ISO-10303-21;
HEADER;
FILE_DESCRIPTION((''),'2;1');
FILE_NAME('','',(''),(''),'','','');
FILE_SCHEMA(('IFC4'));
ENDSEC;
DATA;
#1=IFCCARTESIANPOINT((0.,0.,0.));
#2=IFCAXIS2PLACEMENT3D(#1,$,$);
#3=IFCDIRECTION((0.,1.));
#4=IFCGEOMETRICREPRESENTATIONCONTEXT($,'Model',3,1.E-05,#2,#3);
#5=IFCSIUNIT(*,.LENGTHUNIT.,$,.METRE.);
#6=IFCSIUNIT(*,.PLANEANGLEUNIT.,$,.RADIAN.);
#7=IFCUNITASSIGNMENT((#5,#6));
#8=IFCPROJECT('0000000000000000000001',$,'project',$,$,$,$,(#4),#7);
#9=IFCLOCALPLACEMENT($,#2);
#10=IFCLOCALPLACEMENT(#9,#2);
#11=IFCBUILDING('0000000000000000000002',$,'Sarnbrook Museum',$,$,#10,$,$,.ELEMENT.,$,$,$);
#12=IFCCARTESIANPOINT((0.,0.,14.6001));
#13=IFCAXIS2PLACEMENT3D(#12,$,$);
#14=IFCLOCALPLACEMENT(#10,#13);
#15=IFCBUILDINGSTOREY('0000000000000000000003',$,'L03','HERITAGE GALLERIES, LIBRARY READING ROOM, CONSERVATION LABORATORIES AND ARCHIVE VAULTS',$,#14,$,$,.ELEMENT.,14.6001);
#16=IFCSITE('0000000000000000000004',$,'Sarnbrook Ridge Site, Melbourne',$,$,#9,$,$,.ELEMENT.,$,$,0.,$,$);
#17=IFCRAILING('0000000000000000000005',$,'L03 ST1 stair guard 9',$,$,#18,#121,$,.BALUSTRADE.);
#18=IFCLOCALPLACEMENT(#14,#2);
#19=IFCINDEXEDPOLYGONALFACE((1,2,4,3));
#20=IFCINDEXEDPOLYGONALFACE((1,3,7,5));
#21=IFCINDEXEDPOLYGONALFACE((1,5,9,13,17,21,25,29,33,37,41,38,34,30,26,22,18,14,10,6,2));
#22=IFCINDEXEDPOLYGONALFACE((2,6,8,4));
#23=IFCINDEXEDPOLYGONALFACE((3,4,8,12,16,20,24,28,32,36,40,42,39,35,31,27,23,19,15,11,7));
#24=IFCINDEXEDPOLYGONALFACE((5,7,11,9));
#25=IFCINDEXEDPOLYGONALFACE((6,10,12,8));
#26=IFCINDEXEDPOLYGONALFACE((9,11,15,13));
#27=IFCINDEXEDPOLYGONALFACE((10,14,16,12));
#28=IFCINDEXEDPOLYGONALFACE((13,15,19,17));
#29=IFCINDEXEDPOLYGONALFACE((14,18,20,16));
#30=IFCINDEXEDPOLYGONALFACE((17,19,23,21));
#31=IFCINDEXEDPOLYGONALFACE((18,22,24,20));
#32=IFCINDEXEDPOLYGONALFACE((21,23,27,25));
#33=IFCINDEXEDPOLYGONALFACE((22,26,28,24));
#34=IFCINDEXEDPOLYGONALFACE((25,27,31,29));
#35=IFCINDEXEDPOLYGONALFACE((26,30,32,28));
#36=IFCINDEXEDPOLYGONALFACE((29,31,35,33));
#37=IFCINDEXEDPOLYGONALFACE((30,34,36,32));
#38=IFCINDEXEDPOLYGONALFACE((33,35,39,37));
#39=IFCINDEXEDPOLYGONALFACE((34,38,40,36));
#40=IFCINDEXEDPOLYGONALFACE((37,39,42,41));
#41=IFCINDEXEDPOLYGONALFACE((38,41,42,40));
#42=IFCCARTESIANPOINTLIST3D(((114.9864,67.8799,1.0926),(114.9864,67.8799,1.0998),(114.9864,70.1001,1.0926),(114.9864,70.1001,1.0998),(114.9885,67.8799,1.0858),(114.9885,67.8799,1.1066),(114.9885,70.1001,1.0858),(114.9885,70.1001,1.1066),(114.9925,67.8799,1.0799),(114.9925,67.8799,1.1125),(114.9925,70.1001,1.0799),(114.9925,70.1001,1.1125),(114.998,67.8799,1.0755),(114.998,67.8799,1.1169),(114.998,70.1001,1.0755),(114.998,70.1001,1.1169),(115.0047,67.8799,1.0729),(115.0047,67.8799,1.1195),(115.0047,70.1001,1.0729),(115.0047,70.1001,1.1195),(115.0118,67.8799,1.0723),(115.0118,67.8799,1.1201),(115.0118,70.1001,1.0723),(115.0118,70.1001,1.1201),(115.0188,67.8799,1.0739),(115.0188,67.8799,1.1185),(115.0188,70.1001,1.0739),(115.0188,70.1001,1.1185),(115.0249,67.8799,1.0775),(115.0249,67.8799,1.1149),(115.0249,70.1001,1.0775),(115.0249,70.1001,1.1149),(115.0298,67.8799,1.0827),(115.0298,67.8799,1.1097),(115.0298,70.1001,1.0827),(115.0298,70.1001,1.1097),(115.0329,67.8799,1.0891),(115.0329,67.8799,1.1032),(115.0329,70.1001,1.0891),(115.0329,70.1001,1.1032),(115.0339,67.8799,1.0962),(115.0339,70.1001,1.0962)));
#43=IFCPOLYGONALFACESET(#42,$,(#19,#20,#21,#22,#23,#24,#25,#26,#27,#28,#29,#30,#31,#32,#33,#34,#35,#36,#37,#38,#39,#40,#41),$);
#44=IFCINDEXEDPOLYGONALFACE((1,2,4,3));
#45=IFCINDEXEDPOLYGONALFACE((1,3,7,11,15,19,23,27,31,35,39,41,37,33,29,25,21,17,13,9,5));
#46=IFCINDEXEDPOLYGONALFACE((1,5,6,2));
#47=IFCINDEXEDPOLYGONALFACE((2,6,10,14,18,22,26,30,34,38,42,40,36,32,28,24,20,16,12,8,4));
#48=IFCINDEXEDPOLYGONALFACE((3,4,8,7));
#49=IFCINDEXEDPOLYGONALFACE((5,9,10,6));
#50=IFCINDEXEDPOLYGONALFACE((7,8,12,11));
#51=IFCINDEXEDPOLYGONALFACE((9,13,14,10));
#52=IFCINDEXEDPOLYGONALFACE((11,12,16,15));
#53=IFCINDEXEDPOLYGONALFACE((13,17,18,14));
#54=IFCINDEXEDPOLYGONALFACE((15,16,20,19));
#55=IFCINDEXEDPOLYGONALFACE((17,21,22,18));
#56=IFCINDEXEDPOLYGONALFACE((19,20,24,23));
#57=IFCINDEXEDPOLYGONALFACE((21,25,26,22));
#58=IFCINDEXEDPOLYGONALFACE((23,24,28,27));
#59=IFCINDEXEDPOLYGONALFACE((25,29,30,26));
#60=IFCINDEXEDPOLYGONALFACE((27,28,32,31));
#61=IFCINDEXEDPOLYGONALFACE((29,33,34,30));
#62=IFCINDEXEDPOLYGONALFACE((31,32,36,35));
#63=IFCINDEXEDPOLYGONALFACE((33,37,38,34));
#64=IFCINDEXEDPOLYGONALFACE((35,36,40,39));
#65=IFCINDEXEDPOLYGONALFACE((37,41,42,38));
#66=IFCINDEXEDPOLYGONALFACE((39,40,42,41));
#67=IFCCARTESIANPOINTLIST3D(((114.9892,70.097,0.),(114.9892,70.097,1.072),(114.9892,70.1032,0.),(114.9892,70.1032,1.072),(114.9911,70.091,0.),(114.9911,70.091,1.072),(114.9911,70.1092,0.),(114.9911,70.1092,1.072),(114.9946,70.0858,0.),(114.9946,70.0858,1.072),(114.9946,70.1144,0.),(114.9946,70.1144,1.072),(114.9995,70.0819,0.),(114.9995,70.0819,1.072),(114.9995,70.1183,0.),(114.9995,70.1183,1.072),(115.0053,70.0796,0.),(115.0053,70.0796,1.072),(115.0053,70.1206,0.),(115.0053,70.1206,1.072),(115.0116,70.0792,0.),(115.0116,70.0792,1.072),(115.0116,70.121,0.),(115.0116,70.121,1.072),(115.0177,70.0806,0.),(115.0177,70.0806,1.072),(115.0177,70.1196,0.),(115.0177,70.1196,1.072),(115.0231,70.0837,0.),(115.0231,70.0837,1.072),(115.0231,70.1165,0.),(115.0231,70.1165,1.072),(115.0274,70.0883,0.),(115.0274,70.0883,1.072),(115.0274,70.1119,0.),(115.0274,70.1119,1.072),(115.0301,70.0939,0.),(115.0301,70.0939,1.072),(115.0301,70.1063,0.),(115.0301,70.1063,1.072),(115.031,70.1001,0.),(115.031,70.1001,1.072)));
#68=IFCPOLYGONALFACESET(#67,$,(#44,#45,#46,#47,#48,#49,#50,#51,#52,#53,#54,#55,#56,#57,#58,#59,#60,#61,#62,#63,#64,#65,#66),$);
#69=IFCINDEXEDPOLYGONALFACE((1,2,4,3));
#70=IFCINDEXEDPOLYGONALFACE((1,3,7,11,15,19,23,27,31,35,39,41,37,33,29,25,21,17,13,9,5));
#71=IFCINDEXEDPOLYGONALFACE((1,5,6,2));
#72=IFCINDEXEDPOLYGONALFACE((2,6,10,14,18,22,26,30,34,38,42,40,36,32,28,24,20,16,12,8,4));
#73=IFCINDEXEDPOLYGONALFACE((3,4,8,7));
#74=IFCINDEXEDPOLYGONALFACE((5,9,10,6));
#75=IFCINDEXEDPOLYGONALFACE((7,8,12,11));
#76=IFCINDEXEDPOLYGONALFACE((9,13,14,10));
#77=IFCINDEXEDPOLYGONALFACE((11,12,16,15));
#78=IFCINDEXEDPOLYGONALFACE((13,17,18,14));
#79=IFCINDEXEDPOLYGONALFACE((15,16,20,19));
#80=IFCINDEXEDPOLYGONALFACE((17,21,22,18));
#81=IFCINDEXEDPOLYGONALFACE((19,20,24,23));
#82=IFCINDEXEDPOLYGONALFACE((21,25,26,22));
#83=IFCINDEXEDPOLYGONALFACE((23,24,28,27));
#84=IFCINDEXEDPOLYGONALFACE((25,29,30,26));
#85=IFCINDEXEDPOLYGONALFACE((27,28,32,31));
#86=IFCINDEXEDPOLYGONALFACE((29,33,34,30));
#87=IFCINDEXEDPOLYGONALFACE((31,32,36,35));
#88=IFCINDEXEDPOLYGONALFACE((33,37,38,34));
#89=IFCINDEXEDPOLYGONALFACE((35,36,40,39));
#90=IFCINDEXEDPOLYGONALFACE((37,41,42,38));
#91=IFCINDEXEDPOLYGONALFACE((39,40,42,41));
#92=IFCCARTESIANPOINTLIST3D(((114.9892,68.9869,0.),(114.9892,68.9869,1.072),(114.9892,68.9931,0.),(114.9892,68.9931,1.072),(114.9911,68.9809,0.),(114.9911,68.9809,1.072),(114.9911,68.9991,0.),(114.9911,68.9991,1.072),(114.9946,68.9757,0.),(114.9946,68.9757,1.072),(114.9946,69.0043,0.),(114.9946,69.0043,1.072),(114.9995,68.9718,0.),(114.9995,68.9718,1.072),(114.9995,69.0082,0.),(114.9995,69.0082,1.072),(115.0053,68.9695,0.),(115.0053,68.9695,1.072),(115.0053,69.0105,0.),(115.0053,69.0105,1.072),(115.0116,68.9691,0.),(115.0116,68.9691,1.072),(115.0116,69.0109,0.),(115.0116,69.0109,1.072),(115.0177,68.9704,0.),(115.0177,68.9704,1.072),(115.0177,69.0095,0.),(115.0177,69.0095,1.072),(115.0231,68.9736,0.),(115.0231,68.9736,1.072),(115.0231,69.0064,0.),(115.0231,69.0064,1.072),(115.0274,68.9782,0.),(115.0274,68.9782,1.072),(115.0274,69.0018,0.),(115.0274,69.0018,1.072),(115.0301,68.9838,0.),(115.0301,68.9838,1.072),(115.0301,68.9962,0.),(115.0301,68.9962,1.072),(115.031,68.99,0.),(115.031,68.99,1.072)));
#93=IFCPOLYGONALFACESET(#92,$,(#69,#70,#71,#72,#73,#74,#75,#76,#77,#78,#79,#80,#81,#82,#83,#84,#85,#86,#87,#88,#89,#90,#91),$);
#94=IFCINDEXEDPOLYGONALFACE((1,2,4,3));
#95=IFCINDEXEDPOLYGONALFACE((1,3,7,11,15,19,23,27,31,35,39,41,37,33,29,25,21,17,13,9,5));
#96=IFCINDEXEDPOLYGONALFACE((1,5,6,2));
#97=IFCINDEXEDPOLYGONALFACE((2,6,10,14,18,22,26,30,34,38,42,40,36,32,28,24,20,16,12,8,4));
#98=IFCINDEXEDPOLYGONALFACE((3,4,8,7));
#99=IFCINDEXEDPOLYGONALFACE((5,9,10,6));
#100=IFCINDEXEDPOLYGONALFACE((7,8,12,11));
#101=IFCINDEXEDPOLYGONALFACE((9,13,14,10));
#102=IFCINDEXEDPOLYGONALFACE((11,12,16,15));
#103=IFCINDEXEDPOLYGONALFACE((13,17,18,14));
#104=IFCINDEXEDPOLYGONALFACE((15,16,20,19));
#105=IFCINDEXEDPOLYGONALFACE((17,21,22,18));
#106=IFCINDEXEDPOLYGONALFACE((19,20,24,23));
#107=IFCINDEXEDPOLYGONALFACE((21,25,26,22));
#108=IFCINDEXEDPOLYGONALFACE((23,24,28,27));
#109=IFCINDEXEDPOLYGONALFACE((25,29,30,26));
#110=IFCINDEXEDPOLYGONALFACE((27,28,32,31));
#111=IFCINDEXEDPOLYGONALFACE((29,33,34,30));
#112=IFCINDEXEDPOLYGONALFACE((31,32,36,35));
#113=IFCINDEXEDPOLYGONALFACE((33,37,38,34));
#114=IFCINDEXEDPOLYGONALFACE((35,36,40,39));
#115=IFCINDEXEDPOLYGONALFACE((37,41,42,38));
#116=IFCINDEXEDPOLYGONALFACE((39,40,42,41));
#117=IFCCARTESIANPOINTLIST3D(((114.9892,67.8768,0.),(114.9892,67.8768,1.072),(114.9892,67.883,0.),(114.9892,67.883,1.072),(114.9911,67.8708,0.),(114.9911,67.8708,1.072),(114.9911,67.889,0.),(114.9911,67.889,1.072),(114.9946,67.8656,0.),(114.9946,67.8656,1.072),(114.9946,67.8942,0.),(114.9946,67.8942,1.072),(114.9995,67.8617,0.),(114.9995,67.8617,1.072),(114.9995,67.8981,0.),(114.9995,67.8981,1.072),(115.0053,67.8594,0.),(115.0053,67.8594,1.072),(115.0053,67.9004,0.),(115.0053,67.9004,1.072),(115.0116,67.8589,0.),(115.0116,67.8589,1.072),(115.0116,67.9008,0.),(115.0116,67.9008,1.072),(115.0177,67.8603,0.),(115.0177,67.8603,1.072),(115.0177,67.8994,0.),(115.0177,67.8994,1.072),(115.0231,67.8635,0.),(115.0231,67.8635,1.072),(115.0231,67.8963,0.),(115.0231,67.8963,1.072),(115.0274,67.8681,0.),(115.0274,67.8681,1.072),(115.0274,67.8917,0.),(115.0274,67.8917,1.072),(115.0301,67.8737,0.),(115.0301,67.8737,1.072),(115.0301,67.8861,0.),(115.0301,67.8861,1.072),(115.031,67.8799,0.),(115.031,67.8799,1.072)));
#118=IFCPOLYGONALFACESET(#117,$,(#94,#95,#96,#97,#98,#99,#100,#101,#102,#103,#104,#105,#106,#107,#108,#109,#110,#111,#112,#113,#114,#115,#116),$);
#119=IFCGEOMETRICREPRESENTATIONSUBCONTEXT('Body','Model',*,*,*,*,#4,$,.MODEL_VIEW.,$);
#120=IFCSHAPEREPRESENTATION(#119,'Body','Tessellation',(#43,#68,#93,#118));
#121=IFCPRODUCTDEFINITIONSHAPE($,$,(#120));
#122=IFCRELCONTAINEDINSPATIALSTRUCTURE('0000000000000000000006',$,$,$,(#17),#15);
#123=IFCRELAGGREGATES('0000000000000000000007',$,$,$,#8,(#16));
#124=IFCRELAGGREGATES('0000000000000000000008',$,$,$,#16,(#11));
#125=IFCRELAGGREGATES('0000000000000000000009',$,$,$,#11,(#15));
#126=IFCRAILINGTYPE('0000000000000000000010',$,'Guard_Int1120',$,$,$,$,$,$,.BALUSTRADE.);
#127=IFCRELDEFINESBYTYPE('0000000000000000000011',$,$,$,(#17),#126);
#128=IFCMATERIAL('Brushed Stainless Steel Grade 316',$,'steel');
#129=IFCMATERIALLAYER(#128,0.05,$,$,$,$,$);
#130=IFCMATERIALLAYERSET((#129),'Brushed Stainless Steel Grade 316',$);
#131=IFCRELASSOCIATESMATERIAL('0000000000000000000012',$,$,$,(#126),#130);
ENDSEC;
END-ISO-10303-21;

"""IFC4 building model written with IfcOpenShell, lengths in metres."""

from ifc_helpers import new_model, si_unit, direction, frame, origin, origin_2d, place, context, subcontext, project, spatial, circle, extrude, material, layer, layer_set, type_object, element, save


model = new_model("IFC4")

# Units and contexts
model_context = context("Model", 3, precision=1e-05, world=origin(), true_north=direction((0.0, 1.0)))
body_context = subcontext(model_context, "Body", "Model", "MODEL_VIEW")
ifc_project = project(units=[si_unit("LENGTHUNIT", "METRE"), si_unit("PLANEANGLEUNIT", "RADIAN")], contexts=[model_context])

# Site, building, storey
site_placement = place(None, origin())
site = spatial("IfcSite", under=ifc_project, at=site_placement, Name="Sarnbrook Ridge Site, Melbourne", CompositionType="ELEMENT", RefElevation=0.0)
building_placement = place(site_placement, origin())
building = spatial("IfcBuilding", under=site, at=building_placement, Name="Sarnbrook Museum", CompositionType="ELEMENT")
storey_placement = place(building_placement, frame((0.0, 0.0, 14.6001)))
storey = spatial("IfcBuildingStorey", under=building, at=storey_placement, Name="L03", Description="HERITAGE GALLERIES, LIBRARY READING ROOM, CONSERVATION LABORATORIES AND ARCHIVE VAULTS", CompositionType="ELEMENT", Elevation=14.6001)

# Railing
ifc_material_1 = material(Name="Brushed Stainless Steel Grade 316", Category="steel")
ifc_layer_1 = layer(ifc_material_1, 0.05)
ifc_layer_set_1 = layer_set([ifc_layer_1], Name="Brushed Stainless Steel Grade 316")
railing_type_1 = type_object("IfcRailingType", Name="Guard_Int1120", PredefinedType="BALUSTRADE", material=ifc_layer_set_1)
for number, where, name in (
    (1, (115.01, 70.1001, 0.0), "L03 ST1 stair guard 9"),
):
    element("IfcRailing", number, at=place(storey_placement, frame(where)), inside=storey, type_object=railing_type_1, Name=name, PredefinedType="BALUSTRADE", context=body_context, shape_type="SweptSolid", body=[
        extrude(circle(Radius=0.0239, at=origin_2d()), frame((0.0, 0.0, 1.0962), z_axis=(0.0, -1.0, 0.0), x_axis=(1.0, 0.0, 0.0)), (0.0, 0.0, 1.0), 2.2202),
        extrude(circle(Radius=0.021, at=origin_2d()), origin(), (0.0, 0.0, 1.0), 1.072),
        extrude(circle(Radius=0.021, at=origin_2d()), frame((0.0, -1.1101, 0.0)), (0.0, 0.0, 1.0), 1.072),
        extrude(circle(Radius=0.021, at=origin_2d()), frame((0.0, -2.2202, 0.0)), (0.0, 0.0, 1.0), 1.072),
    ])

save(model, "model.ifc")
